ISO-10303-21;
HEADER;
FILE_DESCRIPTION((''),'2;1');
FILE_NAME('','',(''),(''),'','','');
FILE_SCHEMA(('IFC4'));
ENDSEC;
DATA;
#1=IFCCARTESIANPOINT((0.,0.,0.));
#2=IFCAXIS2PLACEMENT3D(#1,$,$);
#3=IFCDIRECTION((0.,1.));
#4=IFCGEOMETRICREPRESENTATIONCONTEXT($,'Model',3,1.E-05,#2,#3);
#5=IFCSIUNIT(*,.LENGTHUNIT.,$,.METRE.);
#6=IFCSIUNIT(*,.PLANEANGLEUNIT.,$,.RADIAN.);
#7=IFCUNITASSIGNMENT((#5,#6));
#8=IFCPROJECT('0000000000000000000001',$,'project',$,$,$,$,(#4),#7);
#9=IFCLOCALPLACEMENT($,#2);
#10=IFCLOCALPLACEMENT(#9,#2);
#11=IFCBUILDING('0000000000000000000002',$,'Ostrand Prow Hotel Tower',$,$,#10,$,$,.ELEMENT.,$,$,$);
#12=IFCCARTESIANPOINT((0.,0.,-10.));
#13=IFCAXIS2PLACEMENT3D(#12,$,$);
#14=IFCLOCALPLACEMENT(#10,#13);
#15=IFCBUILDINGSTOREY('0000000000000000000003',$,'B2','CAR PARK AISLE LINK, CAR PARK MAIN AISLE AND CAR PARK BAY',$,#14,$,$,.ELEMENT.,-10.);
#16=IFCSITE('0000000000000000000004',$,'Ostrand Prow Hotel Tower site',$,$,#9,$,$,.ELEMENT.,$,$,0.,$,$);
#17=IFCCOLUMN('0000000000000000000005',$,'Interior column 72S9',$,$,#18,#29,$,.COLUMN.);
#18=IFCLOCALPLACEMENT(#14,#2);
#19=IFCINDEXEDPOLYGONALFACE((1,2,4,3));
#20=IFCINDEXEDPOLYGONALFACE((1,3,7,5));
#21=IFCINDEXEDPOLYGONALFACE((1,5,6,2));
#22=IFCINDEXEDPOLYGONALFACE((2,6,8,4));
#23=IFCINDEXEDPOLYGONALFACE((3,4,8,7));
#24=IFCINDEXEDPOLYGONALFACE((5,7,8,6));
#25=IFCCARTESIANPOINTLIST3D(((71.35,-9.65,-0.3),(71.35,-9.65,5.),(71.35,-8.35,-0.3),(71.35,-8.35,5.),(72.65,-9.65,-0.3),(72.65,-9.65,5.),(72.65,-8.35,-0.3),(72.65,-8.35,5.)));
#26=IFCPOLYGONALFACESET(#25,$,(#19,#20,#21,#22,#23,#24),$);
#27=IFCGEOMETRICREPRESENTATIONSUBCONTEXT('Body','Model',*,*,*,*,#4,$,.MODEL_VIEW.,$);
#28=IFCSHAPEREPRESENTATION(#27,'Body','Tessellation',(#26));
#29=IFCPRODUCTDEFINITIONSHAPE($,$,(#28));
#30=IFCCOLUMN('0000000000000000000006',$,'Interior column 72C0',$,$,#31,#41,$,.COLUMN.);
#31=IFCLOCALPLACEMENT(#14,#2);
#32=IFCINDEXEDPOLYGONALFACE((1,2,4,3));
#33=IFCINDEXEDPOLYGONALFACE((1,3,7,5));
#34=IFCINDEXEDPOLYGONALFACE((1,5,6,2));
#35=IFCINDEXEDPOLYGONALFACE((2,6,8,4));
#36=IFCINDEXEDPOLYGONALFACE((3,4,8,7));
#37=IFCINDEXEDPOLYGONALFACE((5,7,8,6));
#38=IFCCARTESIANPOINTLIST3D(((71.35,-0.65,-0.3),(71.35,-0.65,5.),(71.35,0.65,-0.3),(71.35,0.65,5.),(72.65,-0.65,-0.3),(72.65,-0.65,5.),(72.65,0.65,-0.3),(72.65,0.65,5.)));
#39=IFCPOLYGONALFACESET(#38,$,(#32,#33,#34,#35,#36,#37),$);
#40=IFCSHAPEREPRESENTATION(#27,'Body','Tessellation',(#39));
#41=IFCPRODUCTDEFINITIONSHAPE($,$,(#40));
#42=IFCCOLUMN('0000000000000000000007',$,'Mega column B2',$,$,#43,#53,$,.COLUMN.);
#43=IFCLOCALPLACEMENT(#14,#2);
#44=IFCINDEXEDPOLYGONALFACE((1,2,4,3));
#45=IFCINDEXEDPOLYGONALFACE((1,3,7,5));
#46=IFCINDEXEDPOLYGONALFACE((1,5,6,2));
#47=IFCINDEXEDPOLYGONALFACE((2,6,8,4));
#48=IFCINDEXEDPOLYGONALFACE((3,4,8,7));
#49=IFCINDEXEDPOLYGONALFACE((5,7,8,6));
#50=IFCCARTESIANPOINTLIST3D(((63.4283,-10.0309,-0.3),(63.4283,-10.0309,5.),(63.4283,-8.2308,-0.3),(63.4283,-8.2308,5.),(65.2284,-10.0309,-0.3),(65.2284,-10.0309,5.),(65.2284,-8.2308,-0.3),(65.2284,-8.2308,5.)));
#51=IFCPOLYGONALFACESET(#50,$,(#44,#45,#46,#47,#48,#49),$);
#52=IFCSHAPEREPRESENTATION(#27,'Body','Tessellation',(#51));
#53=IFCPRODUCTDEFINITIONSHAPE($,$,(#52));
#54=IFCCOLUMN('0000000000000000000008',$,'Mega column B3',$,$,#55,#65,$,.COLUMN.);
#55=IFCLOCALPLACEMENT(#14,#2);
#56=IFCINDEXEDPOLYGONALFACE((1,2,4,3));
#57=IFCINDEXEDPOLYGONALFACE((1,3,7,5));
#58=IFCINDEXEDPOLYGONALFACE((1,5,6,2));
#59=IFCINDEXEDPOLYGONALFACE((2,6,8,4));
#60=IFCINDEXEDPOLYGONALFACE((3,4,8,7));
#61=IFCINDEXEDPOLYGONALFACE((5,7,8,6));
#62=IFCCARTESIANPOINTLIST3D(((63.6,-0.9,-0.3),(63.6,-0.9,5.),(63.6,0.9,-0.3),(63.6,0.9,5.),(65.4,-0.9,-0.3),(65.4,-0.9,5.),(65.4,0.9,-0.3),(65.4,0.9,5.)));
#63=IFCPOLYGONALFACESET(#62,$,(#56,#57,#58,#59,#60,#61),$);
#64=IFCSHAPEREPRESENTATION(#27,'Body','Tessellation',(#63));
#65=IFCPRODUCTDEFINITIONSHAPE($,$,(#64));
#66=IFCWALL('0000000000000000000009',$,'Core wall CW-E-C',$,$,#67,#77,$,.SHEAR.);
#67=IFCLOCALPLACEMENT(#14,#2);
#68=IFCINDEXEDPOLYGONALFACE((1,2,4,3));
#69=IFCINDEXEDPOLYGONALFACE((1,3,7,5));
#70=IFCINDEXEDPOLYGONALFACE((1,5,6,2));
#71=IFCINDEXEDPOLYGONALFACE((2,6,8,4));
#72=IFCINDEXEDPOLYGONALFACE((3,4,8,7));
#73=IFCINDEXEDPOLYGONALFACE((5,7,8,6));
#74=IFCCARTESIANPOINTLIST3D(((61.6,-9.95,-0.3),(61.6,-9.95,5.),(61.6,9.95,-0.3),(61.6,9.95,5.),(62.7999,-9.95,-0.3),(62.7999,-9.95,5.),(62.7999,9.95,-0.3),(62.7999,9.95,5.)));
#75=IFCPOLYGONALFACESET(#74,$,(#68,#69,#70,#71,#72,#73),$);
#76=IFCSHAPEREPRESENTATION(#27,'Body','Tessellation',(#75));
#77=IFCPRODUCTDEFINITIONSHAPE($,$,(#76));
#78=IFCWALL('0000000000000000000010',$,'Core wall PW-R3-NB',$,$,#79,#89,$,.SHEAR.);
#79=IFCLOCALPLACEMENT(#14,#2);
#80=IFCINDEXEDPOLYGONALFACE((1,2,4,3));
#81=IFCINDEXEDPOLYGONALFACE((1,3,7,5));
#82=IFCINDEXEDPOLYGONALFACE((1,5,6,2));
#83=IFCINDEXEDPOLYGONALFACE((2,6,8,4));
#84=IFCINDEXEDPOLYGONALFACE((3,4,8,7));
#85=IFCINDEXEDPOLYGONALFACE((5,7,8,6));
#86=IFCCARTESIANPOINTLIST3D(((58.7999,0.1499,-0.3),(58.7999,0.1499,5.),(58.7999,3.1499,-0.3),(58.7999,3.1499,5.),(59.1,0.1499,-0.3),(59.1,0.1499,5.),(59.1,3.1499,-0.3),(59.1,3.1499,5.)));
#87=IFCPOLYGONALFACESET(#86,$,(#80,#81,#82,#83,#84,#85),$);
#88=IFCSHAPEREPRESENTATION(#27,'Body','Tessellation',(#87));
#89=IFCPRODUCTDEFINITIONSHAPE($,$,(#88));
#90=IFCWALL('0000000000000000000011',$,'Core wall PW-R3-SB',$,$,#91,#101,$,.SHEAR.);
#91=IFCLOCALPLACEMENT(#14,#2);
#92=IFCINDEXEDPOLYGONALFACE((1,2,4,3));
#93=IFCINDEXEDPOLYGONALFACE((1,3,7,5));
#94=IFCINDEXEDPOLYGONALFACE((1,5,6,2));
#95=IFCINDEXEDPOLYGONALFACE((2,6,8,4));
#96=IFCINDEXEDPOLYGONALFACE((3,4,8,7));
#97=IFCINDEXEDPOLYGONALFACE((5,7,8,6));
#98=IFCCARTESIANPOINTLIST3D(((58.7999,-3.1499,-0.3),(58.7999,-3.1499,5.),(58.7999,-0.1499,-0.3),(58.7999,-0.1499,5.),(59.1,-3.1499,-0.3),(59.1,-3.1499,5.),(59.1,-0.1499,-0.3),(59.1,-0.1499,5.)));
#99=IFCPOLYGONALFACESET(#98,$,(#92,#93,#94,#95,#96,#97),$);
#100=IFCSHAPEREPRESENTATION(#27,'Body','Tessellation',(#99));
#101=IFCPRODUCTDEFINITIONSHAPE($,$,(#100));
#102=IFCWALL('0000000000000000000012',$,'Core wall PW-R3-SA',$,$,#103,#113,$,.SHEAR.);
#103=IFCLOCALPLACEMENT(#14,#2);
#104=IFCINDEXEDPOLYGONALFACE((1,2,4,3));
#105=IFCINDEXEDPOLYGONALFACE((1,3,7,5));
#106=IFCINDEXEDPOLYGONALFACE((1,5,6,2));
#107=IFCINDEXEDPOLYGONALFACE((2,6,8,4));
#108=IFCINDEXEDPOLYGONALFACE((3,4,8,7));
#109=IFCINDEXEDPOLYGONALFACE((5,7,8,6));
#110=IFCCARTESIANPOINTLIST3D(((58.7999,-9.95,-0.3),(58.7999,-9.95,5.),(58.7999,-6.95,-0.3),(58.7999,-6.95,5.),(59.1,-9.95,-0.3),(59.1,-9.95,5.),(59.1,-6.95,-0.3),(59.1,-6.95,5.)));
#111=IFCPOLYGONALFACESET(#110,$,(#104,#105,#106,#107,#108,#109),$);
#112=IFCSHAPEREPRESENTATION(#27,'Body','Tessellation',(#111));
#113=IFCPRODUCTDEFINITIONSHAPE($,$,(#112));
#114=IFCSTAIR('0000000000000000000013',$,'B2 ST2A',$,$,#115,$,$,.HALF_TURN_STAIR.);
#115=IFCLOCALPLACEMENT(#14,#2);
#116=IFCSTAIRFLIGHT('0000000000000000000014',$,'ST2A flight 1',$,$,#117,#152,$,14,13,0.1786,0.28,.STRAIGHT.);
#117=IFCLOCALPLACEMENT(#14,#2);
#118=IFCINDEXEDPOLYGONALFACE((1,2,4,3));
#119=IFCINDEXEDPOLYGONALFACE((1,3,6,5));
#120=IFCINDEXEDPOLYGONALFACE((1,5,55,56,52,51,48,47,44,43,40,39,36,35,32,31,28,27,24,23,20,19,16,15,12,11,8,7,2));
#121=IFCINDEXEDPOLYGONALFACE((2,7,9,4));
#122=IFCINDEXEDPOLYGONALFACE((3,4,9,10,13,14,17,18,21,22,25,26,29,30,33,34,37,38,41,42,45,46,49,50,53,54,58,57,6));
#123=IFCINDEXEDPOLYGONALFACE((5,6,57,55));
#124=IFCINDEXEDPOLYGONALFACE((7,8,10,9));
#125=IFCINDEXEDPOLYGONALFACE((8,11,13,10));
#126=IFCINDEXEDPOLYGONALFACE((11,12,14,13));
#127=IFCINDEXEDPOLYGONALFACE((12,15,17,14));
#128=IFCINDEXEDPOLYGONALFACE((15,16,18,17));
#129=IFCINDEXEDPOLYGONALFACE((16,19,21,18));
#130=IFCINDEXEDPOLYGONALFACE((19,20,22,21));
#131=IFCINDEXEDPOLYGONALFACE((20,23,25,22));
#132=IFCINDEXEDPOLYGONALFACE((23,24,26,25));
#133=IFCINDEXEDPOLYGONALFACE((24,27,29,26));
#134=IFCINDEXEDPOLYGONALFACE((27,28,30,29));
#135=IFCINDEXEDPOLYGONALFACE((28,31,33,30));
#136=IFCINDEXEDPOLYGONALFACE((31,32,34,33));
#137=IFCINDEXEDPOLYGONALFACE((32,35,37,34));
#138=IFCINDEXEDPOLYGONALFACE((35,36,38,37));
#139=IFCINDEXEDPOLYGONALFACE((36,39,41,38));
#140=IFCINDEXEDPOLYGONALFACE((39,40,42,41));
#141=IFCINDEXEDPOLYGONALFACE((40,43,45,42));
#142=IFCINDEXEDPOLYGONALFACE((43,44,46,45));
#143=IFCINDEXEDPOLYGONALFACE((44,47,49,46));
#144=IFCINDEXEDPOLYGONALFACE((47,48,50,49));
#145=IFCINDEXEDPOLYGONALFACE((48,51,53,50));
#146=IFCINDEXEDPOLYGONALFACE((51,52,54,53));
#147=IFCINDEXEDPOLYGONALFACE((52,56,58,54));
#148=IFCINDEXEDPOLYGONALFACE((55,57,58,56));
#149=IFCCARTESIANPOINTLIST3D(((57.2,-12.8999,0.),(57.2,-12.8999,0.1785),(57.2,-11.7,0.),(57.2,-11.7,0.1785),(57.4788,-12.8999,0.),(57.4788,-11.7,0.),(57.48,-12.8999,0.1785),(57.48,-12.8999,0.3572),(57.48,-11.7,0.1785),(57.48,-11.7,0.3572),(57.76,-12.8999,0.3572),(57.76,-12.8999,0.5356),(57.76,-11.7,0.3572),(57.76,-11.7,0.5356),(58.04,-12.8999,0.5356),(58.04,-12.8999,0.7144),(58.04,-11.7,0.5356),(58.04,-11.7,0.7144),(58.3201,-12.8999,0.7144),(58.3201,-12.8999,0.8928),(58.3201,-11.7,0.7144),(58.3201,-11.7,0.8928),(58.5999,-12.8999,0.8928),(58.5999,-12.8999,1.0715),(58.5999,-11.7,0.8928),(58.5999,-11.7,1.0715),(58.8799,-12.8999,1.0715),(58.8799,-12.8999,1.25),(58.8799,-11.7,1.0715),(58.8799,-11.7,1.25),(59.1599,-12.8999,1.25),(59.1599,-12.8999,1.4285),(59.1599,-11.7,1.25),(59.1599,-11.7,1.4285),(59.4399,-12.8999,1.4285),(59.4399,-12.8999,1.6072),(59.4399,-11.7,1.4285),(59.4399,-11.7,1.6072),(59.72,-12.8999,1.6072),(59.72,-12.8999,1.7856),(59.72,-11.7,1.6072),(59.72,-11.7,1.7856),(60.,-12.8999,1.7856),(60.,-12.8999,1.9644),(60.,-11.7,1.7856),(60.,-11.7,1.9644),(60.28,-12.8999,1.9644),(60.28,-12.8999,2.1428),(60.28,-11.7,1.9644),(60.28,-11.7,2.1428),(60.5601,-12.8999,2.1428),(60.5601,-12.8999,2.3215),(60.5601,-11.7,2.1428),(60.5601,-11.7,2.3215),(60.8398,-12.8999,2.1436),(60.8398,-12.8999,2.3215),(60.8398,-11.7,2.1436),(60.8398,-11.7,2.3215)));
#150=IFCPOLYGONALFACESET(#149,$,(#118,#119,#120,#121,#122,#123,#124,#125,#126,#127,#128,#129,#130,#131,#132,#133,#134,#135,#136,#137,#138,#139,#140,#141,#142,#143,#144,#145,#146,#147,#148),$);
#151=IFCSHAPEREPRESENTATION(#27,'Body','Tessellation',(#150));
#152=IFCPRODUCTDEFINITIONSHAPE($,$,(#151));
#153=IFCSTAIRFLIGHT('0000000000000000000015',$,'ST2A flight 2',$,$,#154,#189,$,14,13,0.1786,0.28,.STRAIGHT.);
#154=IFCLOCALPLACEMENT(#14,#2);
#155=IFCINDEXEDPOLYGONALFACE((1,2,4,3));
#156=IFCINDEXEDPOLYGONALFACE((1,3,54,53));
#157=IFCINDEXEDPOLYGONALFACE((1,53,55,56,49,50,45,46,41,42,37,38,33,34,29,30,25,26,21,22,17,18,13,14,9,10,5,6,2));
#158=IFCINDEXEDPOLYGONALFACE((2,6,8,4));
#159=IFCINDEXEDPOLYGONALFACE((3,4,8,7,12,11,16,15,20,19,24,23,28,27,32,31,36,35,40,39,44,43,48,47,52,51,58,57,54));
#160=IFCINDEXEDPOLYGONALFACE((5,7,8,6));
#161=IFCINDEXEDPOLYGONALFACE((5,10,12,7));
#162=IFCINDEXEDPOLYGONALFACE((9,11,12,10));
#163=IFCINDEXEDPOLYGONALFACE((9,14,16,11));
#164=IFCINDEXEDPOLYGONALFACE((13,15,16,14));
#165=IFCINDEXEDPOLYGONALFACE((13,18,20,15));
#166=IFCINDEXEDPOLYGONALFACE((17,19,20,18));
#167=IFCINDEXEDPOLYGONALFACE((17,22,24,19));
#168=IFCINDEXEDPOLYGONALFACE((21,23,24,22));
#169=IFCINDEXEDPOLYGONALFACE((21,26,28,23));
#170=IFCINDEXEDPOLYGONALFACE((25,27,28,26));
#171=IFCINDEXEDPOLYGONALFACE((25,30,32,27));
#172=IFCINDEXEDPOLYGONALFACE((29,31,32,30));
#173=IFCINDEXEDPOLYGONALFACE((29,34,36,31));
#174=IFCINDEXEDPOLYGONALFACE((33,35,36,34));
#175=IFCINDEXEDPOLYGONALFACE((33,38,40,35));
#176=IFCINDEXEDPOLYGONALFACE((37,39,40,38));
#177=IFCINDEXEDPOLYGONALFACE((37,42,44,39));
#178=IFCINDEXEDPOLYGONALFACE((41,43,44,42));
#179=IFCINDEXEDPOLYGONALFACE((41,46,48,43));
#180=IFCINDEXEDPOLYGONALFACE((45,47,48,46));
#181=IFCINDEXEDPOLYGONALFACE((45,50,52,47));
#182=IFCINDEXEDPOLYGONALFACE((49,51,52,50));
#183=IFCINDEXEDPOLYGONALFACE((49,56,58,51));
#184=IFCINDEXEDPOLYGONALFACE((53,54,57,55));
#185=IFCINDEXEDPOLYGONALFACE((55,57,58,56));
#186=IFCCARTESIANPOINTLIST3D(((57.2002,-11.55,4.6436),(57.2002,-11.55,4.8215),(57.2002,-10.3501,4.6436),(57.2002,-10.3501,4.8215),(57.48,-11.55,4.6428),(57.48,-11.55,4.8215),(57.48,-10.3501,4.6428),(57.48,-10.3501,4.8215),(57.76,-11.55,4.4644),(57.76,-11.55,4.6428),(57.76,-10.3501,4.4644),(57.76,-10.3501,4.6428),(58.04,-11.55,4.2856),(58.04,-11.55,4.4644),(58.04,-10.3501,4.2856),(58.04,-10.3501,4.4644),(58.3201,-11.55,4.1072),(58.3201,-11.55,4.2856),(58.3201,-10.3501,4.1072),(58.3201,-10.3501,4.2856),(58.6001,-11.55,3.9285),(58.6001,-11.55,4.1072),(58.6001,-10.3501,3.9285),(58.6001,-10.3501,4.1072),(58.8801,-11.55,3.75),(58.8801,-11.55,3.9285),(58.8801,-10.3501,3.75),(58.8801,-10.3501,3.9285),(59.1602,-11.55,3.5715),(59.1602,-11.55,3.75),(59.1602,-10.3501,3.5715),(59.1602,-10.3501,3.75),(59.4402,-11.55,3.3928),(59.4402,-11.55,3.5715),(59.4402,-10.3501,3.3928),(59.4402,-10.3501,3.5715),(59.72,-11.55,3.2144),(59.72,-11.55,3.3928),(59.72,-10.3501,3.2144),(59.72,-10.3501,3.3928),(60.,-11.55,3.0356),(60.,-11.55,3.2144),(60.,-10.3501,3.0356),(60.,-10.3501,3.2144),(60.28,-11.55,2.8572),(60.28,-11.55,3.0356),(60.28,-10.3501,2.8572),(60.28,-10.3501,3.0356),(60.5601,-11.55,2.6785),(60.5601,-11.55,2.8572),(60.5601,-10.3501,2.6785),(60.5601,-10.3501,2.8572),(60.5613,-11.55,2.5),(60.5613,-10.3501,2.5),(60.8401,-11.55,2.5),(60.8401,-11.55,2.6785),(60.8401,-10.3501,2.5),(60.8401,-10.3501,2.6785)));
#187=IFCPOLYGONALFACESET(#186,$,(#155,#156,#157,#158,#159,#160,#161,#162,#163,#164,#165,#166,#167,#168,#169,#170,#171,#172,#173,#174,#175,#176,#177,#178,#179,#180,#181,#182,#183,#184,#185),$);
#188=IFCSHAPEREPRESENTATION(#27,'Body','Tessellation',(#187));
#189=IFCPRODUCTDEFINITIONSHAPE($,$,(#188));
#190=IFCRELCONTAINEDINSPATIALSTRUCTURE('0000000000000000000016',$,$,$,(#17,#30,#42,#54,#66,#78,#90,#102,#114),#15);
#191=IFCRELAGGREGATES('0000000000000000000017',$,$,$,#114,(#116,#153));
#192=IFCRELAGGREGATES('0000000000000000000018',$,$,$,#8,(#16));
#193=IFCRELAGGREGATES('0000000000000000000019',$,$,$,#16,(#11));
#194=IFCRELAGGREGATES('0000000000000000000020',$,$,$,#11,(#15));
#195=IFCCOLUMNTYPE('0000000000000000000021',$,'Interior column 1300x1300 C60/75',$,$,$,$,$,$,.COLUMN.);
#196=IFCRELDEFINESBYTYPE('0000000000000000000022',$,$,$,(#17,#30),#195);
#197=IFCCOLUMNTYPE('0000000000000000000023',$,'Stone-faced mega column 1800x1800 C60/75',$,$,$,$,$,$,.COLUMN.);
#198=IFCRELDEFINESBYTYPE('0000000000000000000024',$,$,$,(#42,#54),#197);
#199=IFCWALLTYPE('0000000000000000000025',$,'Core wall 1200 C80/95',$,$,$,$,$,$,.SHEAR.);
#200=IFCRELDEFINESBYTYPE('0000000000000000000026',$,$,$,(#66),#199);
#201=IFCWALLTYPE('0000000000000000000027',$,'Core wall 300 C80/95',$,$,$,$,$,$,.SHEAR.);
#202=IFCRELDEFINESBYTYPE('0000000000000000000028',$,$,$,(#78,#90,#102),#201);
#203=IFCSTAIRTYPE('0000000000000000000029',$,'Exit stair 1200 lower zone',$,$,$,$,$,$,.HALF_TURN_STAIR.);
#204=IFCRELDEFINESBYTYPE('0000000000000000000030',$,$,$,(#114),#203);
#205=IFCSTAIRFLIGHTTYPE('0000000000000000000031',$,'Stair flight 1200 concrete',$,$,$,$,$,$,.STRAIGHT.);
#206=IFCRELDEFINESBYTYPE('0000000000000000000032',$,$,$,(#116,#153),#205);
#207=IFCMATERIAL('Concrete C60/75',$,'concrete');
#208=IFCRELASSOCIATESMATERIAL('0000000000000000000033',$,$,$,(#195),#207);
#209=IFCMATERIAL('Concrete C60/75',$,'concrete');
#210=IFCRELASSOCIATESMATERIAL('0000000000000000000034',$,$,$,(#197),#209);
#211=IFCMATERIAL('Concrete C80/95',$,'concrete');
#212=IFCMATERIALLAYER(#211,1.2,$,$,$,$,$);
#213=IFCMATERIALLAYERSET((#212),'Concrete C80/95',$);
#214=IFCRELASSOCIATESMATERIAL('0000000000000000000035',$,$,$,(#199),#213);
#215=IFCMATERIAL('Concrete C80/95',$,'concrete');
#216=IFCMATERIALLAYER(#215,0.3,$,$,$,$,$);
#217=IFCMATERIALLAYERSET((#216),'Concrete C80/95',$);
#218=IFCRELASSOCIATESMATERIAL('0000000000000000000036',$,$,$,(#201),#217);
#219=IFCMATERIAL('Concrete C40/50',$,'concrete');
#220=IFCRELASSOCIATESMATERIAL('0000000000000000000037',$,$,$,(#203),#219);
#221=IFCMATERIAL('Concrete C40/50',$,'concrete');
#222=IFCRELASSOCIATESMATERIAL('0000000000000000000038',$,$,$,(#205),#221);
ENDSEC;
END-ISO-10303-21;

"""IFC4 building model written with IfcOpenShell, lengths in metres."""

from ifc_helpers import new_model, si_unit, direction, frame, frame_2d, origin, origin_2d, place, context, subcontext, project, spatial, polyline, rectangle, outline, extrude, material, layer, layer_set, material_profile, profile_set, type_object, element, aggregate, save


model = new_model("IFC4")

# Units and contexts
model_context = context("Model", 3, precision=1e-05, world=origin(), true_north=direction((0.0, 1.0)))
body_context = subcontext(model_context, "Body", "Model", "MODEL_VIEW")
ifc_project = project(units=[si_unit("LENGTHUNIT", "METRE"), si_unit("PLANEANGLEUNIT", "RADIAN")], contexts=[model_context])

# Site, building, storey
site_placement = place(None, origin())
site = spatial("IfcSite", under=ifc_project, at=site_placement, Name="Ostrand Prow Hotel Tower site", CompositionType="ELEMENT", RefElevation=0.0)
building_placement = place(site_placement, origin())
building = spatial("IfcBuilding", under=site, at=building_placement, Name="Ostrand Prow Hotel Tower", CompositionType="ELEMENT")
storey_placement = place(building_placement, frame((0.0, 0.0, -10.0)))
storey = spatial("IfcBuildingStorey", under=building, at=storey_placement, Name="B2", Description="CAR PARK AISLE LINK, CAR PARK MAIN AISLE AND CAR PARK BAY", CompositionType="ELEMENT", Elevation=-10.0)

# Columns
ifc_material_1 = material(Name="Concrete C60/75", Category="concrete")
ifc_material_profile_1 = material_profile(ifc_material_1, rectangle(XDim=1.3, YDim=1.3, at=origin_2d()), Name="RC 1300x1300")
ifc_profile_set_1 = profile_set([ifc_material_profile_1], Name="Concrete C60/75")
column_type_1 = type_object("IfcColumnType", Name="Interior column 1300x1300 C60/75", PredefinedType="COLUMN", material=ifc_profile_set_1)
for number, where, z_axis, x_axis, name in (
    (1, (72.0, -9.0, -0.3), (0.0, 0.0, 1.0), (1.0, 0.0, 0.0), "Interior column 72S9"),
    (2, (72.0, 0.0, -0.3), (0.0, 0.0, 1.0), (1.0, 0.0, 0.0), "Interior column 72C0"),
):
    element("IfcColumn", number, at=place(storey_placement, frame(where, z_axis=z_axis, x_axis=x_axis)), inside=storey, type_object=column_type_1, Name=name, PredefinedType="COLUMN", context=body_context, shape_type="SweptSolid", body=[
        extrude(rectangle(XDim=1.3, YDim=1.3, at=origin_2d()), origin(), (0.0, 0.0, 1.0), 5.3),
    ])
ifc_material_2 = material(Name="Concrete C60/75", Category="concrete")
ifc_material_profile_2 = material_profile(ifc_material_2, rectangle(XDim=1.8, YDim=1.8, at=origin_2d()), Name="RC 1800x1800")
ifc_profile_set_2 = profile_set([ifc_material_profile_2], Name="Concrete C60/75")
column_type_2 = type_object("IfcColumnType", Name="Stone-faced mega column 1800x1800 C60/75", PredefinedType="COLUMN", material=ifc_profile_set_2)
for number, where, z_axis, x_axis, name in (
    (3, (64.3284, -9.1309, -0.3), (0.0, 0.0, 1.0), (1.0, 0.0, 0.0), "Mega column B2"),
    (4, (64.5, 0.0, -0.3), (0.0, 0.0, 1.0), (1.0, 0.0, 0.0), "Mega column B3"),
):
    element("IfcColumn", number, at=place(storey_placement, frame(where, z_axis=z_axis, x_axis=x_axis)), inside=storey, type_object=column_type_2, Name=name, PredefinedType="COLUMN", context=body_context, shape_type="SweptSolid", body=[
        extrude(rectangle(XDim=1.8, YDim=1.8, at=origin_2d()), origin(), (0.0, 0.0, 1.0), 5.3),
    ])

# Walls
ifc_material_3 = material(Name="Concrete C80/95", Category="concrete")
ifc_layer_1 = layer(ifc_material_3, 1.2)
ifc_layer_set_1 = layer_set([ifc_layer_1], Name="Concrete C80/95")
wall_type_1 = type_object("IfcWallType", Name="Core wall 1200 C80/95", PredefinedType="SHEAR", material=ifc_layer_set_1)
wall_placement = place(storey_placement, frame((62.2, -9.95, -0.3), z_axis=(0.0, 0.0, 1.0), x_axis=(0.0, 1.0, 0.0)))
element("IfcWall", 5, at=wall_placement, inside=storey, type_object=wall_type_1, Name="Core wall CW-E-C", PredefinedType="SHEAR", context=body_context, shape_type="SweptSolid", body=[
    extrude(rectangle(XDim=19.8999, YDim=1.2, at=frame_2d((9.95, 0.0))), origin(), (0.0, 0.0, 1.0), 5.3),
])
ifc_material_4 = material(Name="Concrete C80/95", Category="concrete")
ifc_layer_2 = layer(ifc_material_4, 0.3)
ifc_layer_set_2 = layer_set([ifc_layer_2], Name="Concrete C80/95")
wall_type_2 = type_object("IfcWallType", Name="Core wall 300 C80/95", PredefinedType="SHEAR", material=ifc_layer_set_2)
for number, where, z_axis, x_axis, name in (
    (6, (58.95, 0.1499, -0.3), (0.0, 0.0, 1.0), (0.0, 1.0, 0.0), "Core wall PW-R3-NB"),
    (7, (58.95, -3.1499, -0.3), (0.0, 0.0, 1.0), (0.0, 1.0, 0.0), "Core wall PW-R3-SB"),
    (8, (58.95, -9.95, -0.3), (0.0, 0.0, 1.0), (0.0, 1.0, 0.0), "Core wall PW-R3-SA"),
):
    element("IfcWall", number, at=place(storey_placement, frame(where, z_axis=z_axis, x_axis=x_axis)), inside=storey, type_object=wall_type_2, Name=name, PredefinedType="SHEAR", context=body_context, shape_type="SweptSolid", body=[
        extrude(rectangle(XDim=3.0, YDim=0.3, at=frame_2d((1.5, 0.0))), origin(), (0.0, 0.0, 1.0), 5.3),
    ])

# Stair, stair flights
ifc_material_5 = material(Name="Concrete C40/50", Category="concrete")
stair_type = type_object("IfcStairType", Name="Exit stair 1200 lower zone", PredefinedType="HALF_TURN_STAIR", material=ifc_material_5)
stair_placement = place(storey_placement, origin())
stair = element("IfcStair", 9, at=stair_placement, inside=storey, type_object=stair_type, Name="B2 ST2A", PredefinedType="HALF_TURN_STAIR")
ifc_material_6 = material(Name="Concrete C40/50", Category="concrete")
stair_flight_type = type_object("IfcStairFlightType", Name="Stair flight 1200 concrete", PredefinedType="STRAIGHT", material=ifc_material_6)
stair_flight_1_placement = place(storey_placement, frame((57.2, -12.3, 0.0), z_axis=(0.0, 0.0, 1.0), x_axis=(1.0, 0.0, 0.0)))
stair_flight_1 = element("IfcStairFlight", 10, at=stair_flight_1_placement, type_object=stair_flight_type, Name="ST2A flight 1", NumberOfRisers=14, NumberOfTreads=13, PredefinedType="STRAIGHT", RiserHeight=0.1786, TreadLength=0.28, context=body_context, shape_type="SweptSolid", body=[
    extrude(outline(polyline([(0.0, 0.0), (0.0, 0.1785), (0.28, 0.1785), (0.28, 0.3572), (0.5601, 0.3572), (0.5601, 0.5356), (0.8401, 0.5356), (0.8401, 0.7144), (1.1201, 0.7144), (1.1201, 0.8928), (1.3999, 0.8928), (1.3999, 1.0715), (1.6799, 1.0715), (1.6799, 1.25), (1.96, 1.25), (1.96, 1.4285), (2.24, 1.4285), (2.24, 1.6072), (2.52, 1.6072), (2.52, 1.7856), (2.8, 1.7856), (2.8, 1.9644), (3.0801, 1.9644), (3.0801, 2.1428), (3.3601, 2.1428), (3.3601, 2.3215), (3.6399, 2.3215), (3.6399, 2.5), (3.6399, 2.1436), (0.2788, 0.0), (0.0, 0.0)])), frame((0.0, 0.6001, 0.0), z_axis=(0.0, -1.0, 0.0), x_axis=(1.0, 0.0, 0.0)), (0.0, 0.0, 1.0), 1.2),
])
stair_flight_2_placement = place(storey_placement, frame((60.8401, -10.95, 2.5), z_axis=(0.0, 0.0, 1.0), x_axis=(-1.0, 0.0, 0.0)))
stair_flight_2 = element("IfcStairFlight", 11, at=stair_flight_2_placement, type_object=stair_flight_type, Name="ST2A flight 2", NumberOfRisers=14, NumberOfTreads=13, PredefinedType="STRAIGHT", RiserHeight=0.1786, TreadLength=0.28, context=body_context, shape_type="SweptSolid", body=[
    extrude(outline(polyline([(0.0, 0.0), (0.0, 0.1785), (0.28, 0.1785), (0.28, 0.3572), (0.5601, 0.3572), (0.5601, 0.5356), (0.8401, 0.5356), (0.8401, 0.7144), (1.1201, 0.7144), (1.1201, 0.8928), (1.3999, 0.8928), (1.3999, 1.0715), (1.6799, 1.0715), (1.6799, 1.25), (1.96, 1.25), (1.96, 1.4285), (2.24, 1.4285), (2.24, 1.6072), (2.52, 1.6072), (2.52, 1.7856), (2.8, 1.7856), (2.8, 1.9644), (3.0801, 1.9644), (3.0801, 2.1428), (3.3601, 2.1428), (3.3601, 2.3215), (3.6399, 2.3215), (3.6399, 2.5), (3.6399, 2.1436), (0.2788, 0.0), (0.0, 0.0)])), frame((0.0, 0.6001, 0.0), z_axis=(0.0, -1.0, 0.0), x_axis=(1.0, 0.0, 0.0)), (0.0, 0.0, 1.0), 1.2),
])
aggregate(stair, [stair_flight_1, stair_flight_2])

save(model, "model.ifc")
